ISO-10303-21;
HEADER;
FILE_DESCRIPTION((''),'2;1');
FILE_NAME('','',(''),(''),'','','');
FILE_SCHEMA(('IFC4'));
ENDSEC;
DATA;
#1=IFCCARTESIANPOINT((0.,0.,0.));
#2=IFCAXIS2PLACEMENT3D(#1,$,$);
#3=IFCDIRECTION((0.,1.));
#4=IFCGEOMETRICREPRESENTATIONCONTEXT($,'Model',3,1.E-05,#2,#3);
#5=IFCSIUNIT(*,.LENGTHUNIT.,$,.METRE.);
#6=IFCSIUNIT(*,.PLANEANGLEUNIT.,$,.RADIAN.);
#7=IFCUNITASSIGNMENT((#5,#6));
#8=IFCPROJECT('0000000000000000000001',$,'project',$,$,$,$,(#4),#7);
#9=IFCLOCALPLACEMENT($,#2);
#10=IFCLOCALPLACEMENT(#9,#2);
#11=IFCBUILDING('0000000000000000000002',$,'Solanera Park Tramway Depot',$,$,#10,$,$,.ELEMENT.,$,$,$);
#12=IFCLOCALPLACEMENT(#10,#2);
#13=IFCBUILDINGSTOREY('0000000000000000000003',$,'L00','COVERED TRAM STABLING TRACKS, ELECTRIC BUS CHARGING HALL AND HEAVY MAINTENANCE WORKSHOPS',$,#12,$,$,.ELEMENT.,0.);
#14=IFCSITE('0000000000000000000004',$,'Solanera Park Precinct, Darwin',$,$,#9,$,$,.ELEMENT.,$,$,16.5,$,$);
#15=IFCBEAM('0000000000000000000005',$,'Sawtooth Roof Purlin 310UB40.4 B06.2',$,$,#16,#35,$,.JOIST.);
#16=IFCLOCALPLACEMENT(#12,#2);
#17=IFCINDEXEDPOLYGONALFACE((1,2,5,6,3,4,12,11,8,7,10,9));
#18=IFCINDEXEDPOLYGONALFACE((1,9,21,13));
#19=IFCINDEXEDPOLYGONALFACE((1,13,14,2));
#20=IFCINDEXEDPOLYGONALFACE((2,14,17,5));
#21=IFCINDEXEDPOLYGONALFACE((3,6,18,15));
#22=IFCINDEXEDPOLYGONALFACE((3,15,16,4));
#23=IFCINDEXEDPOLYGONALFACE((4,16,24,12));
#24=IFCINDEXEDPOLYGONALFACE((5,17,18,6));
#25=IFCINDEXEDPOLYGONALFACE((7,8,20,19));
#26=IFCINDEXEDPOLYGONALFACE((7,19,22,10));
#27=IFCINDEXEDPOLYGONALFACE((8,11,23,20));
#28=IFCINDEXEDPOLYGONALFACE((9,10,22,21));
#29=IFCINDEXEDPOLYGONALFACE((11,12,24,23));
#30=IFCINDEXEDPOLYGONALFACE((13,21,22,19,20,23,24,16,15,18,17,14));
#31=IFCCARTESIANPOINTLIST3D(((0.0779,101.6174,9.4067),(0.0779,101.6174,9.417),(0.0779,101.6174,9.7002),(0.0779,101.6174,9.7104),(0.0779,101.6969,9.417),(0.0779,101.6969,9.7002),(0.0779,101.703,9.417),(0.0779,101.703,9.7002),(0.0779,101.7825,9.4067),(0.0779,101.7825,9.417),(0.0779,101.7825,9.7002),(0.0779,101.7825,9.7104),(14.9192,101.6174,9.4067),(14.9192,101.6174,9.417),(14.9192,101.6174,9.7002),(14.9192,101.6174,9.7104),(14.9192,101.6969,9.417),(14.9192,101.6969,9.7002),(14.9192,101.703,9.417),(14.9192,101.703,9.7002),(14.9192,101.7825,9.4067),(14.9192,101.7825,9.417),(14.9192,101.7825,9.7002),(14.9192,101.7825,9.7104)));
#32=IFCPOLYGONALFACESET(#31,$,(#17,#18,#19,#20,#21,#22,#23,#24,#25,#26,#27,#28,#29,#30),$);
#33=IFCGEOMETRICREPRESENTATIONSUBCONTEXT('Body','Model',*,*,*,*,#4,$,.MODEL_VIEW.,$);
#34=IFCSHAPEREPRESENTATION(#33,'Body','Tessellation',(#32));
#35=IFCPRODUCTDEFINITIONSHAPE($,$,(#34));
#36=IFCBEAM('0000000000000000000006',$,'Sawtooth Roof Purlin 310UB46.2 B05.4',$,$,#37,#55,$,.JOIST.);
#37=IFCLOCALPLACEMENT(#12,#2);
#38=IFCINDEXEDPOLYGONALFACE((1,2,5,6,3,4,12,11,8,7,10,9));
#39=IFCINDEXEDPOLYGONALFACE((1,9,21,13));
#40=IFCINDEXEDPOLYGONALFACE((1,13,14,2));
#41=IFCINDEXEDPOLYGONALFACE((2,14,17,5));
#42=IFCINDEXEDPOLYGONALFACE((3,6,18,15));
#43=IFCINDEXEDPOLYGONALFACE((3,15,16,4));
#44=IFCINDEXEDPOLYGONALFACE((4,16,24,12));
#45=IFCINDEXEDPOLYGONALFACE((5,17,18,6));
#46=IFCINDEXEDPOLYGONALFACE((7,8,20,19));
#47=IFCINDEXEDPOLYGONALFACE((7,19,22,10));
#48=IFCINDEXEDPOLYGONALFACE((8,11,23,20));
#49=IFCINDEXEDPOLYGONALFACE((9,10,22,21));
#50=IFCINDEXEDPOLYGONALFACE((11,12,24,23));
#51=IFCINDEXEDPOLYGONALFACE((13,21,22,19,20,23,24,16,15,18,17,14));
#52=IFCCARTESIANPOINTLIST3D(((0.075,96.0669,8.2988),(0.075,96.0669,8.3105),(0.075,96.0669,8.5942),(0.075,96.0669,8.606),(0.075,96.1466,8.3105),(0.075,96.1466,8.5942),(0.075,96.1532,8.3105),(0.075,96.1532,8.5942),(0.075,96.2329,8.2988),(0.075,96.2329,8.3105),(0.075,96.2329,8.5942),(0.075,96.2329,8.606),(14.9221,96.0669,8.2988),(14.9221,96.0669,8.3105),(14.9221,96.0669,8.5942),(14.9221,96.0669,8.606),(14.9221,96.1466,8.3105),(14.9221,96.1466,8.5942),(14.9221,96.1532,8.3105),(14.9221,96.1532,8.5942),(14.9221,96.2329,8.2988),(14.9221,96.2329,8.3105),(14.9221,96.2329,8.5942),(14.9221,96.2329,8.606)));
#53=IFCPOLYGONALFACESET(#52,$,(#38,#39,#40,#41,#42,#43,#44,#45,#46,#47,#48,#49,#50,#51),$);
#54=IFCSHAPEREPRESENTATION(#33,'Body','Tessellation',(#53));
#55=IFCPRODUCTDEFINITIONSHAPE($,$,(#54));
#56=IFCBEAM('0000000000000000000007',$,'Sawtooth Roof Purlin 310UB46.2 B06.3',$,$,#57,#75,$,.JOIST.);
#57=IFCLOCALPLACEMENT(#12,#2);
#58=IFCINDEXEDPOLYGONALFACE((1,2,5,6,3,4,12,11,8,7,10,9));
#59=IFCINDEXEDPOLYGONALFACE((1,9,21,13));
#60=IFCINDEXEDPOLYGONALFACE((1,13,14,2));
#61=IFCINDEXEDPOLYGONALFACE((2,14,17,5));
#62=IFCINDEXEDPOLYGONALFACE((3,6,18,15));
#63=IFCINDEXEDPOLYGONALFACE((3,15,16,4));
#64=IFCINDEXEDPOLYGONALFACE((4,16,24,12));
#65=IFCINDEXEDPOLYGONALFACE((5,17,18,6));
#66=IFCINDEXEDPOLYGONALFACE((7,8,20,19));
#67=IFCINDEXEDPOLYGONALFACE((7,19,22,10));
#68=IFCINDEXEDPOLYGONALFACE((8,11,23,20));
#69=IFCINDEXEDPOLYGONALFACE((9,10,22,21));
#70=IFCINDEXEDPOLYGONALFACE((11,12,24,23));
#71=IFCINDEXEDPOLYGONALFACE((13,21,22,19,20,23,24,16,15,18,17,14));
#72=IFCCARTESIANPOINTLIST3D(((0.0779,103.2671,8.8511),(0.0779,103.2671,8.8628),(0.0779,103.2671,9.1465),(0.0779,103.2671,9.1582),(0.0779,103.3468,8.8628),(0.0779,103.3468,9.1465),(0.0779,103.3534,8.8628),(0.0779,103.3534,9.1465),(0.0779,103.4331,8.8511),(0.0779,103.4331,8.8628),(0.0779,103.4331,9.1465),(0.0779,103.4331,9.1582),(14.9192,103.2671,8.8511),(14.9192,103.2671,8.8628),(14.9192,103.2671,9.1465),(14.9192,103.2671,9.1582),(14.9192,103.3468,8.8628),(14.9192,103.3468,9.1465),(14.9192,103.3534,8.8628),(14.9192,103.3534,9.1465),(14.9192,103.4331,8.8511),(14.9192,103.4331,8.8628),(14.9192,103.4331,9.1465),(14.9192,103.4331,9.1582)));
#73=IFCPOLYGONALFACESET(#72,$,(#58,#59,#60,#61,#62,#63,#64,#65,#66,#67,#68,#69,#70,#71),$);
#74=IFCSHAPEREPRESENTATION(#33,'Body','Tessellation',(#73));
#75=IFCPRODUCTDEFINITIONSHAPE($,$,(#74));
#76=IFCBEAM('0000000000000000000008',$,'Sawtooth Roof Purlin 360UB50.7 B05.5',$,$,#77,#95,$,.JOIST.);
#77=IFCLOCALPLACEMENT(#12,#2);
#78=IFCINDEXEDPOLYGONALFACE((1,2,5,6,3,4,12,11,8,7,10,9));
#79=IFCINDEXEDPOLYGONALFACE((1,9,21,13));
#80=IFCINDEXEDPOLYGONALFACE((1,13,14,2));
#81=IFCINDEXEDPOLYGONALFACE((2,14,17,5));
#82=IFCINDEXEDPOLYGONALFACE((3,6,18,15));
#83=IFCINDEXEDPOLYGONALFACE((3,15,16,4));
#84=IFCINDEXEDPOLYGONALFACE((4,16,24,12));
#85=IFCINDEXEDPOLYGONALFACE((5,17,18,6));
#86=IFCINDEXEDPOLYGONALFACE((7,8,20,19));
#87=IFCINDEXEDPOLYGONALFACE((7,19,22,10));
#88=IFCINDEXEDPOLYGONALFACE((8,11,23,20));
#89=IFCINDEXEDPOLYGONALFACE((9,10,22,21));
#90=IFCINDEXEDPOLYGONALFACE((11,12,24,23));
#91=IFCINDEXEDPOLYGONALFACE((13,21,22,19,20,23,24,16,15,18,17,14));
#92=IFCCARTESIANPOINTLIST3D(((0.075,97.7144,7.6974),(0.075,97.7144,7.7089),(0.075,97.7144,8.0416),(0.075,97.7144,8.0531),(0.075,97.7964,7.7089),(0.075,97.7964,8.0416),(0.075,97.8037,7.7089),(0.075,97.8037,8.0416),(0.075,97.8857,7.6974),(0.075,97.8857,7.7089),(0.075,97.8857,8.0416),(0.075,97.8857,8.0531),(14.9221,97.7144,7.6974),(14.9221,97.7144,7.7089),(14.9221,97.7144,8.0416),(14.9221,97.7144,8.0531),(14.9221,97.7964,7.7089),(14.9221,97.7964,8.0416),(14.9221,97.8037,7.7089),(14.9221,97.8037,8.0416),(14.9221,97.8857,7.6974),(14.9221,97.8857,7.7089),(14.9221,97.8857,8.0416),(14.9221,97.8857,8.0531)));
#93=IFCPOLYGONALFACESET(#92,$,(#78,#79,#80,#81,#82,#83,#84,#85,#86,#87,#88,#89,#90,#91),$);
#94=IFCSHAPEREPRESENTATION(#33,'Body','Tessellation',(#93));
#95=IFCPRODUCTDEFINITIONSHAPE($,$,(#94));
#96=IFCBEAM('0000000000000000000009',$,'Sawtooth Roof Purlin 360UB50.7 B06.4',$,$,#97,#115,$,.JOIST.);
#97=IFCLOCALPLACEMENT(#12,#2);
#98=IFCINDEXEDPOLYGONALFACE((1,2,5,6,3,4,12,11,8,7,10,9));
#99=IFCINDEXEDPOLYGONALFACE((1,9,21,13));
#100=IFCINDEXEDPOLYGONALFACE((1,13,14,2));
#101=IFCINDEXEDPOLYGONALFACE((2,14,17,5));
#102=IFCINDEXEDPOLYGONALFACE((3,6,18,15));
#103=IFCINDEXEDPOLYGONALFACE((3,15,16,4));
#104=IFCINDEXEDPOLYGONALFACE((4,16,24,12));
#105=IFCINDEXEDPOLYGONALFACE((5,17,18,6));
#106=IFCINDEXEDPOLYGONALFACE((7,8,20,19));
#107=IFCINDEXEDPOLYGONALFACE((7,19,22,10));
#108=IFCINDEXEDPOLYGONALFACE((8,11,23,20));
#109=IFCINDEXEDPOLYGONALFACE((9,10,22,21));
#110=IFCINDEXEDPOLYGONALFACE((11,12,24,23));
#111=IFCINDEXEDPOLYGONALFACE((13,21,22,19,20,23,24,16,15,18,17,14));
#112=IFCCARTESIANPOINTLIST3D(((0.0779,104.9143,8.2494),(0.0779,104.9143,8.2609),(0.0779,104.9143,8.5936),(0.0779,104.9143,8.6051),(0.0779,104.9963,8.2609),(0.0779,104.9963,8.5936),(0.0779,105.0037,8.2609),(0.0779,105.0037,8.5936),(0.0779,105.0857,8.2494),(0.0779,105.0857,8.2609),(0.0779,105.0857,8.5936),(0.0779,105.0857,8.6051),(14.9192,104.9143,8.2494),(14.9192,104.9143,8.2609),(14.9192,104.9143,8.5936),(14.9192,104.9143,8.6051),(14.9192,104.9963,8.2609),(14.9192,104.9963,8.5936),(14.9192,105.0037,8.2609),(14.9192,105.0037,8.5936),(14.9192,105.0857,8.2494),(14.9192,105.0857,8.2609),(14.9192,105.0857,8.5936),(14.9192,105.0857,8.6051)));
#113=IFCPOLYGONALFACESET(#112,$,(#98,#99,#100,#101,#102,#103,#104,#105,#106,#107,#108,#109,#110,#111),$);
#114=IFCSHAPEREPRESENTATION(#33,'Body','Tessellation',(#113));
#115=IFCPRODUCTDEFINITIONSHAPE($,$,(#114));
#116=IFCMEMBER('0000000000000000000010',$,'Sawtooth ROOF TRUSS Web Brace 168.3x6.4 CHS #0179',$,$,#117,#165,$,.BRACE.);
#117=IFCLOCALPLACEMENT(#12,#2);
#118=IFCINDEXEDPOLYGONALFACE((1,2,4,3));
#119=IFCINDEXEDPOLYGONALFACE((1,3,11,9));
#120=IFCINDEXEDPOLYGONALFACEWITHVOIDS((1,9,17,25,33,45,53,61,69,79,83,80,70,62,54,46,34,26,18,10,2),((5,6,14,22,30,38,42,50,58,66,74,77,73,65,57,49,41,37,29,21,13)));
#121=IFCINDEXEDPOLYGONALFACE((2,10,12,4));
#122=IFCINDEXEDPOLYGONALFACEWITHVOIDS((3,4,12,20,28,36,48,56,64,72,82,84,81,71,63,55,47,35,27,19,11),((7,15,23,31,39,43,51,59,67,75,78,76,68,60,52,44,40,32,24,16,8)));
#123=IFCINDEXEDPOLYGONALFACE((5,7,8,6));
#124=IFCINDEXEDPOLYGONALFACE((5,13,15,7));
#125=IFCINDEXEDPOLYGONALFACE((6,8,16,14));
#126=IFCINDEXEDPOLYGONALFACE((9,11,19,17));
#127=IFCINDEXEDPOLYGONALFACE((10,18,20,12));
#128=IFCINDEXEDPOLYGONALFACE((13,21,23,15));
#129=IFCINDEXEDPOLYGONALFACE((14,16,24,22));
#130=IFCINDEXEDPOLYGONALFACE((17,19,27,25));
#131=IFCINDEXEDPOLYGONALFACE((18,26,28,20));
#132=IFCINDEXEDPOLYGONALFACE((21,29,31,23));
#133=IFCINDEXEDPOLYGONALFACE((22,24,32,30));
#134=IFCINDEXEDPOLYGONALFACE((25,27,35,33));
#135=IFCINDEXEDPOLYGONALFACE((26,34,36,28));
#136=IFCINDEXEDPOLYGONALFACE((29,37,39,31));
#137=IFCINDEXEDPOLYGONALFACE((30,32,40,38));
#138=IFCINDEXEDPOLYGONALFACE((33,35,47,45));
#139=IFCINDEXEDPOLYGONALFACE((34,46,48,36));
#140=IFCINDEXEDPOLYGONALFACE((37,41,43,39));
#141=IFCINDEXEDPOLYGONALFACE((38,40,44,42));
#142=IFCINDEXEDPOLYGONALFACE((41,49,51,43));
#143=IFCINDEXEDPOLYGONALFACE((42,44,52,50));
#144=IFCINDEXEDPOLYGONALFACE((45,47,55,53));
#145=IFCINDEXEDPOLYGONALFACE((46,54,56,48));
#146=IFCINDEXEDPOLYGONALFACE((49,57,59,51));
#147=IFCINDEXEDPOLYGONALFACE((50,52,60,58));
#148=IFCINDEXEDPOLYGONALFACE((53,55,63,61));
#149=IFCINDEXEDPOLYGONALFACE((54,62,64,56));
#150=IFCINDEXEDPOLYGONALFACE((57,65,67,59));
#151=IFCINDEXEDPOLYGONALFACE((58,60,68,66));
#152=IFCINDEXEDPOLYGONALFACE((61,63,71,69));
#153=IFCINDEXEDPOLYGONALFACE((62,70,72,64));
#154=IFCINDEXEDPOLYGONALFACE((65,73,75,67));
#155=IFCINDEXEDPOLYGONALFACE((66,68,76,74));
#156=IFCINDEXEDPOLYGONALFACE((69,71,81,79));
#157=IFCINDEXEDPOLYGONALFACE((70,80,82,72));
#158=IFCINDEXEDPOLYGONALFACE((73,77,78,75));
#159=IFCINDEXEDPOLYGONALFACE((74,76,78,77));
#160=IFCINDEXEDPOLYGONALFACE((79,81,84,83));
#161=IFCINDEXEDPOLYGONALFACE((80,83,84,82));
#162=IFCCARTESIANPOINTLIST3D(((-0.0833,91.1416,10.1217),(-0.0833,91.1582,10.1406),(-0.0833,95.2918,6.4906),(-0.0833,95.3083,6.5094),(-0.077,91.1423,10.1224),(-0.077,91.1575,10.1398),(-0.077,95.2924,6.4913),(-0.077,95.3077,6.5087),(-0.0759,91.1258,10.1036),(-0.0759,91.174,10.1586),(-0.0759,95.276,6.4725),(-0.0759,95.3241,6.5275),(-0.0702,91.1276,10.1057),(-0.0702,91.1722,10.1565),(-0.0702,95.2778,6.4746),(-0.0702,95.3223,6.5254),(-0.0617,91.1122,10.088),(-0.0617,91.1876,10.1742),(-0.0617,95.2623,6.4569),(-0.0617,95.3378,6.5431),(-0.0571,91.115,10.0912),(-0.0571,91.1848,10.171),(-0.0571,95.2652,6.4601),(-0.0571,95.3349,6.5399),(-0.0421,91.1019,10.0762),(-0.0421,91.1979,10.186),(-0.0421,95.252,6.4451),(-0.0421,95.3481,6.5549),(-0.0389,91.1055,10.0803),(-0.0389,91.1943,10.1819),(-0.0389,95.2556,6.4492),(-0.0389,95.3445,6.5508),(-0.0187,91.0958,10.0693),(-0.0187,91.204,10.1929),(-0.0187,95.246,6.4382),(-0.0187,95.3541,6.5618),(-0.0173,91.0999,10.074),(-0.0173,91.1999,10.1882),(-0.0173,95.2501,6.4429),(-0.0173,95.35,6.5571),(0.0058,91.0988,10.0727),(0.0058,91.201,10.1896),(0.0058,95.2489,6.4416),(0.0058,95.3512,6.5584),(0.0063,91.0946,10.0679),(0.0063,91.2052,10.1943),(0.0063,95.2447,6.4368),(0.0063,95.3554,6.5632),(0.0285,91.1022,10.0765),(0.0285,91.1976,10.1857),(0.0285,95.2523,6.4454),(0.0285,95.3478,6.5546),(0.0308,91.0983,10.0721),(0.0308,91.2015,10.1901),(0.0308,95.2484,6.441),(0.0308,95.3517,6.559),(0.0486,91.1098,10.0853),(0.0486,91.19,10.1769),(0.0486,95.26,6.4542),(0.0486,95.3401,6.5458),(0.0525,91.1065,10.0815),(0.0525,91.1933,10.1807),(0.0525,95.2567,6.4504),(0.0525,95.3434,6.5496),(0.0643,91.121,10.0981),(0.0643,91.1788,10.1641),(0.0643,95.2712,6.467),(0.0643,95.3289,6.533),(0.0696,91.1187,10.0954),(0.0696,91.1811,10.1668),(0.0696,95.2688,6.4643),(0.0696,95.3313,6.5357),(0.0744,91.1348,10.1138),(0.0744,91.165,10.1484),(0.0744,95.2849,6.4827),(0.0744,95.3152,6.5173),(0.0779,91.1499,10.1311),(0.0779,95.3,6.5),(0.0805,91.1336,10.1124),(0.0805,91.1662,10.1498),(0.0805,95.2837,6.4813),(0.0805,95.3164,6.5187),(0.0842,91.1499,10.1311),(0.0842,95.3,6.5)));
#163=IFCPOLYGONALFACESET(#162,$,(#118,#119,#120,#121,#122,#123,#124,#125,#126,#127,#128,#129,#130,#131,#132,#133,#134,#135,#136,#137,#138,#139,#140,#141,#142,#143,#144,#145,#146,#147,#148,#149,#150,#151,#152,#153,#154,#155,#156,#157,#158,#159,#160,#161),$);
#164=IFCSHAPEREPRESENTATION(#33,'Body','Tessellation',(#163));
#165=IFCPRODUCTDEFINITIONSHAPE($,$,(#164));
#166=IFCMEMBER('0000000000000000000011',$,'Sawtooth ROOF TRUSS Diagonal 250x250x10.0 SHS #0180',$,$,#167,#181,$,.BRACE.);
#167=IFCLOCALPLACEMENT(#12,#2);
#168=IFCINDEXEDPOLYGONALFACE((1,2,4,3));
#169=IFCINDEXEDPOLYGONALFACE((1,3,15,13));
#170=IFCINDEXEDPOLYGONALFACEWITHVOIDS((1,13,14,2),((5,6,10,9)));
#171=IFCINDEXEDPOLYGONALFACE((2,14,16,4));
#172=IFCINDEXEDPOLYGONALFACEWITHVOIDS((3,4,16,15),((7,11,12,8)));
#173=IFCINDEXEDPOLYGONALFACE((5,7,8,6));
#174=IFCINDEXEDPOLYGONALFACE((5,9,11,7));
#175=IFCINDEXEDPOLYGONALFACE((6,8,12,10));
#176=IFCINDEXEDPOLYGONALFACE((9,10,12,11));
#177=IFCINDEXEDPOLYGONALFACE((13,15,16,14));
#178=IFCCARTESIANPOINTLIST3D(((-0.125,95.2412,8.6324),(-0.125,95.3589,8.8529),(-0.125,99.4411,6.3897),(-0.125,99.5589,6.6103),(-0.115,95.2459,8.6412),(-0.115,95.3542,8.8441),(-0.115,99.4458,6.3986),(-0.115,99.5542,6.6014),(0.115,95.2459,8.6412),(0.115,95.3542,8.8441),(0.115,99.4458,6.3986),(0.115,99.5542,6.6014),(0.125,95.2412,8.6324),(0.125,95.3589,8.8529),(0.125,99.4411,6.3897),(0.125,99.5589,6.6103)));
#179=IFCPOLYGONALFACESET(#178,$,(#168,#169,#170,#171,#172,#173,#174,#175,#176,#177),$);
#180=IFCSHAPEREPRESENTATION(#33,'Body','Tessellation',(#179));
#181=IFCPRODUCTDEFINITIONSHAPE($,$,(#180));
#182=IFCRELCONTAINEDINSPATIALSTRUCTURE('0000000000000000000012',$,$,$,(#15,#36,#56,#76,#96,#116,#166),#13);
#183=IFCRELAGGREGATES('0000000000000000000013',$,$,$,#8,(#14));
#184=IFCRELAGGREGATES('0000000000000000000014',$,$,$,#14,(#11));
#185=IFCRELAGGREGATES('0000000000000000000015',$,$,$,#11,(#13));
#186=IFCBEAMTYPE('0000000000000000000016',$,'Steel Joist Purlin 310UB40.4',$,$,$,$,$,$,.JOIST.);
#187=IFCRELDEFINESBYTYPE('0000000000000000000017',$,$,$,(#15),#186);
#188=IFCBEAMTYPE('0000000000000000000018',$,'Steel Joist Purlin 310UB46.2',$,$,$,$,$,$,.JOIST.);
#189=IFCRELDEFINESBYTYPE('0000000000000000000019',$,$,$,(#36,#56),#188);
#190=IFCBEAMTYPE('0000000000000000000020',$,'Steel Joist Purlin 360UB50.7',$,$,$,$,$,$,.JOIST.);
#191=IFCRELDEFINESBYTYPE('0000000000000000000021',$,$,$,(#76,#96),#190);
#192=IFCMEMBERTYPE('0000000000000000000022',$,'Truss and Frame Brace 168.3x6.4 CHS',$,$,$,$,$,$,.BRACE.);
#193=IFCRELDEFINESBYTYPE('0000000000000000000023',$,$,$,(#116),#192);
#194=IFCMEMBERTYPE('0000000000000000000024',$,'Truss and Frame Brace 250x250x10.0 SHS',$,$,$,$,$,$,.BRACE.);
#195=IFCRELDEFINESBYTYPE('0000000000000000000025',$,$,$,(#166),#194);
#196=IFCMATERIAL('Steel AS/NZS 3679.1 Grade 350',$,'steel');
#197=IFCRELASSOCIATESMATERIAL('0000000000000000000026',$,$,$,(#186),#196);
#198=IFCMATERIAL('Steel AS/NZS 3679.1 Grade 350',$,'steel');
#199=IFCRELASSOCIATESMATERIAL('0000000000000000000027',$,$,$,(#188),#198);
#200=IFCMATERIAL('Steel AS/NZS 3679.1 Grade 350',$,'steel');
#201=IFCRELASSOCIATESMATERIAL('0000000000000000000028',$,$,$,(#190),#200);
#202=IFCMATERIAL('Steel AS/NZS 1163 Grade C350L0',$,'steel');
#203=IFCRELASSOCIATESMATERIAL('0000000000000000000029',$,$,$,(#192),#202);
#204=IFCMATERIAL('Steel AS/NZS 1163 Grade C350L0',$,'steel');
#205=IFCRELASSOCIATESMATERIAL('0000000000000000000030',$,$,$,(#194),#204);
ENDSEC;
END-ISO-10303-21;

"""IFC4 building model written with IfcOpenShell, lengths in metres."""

from ifc_helpers import new_model, si_unit, direction, frame, origin, origin_2d, place, context, subcontext, project, spatial, hollow_rectangle, hollow_circle, i_section, extrude, material, material_profile, profile_set, type_object, element, save


model = new_model("IFC4")

# Units and contexts
model_context = context("Model", 3, precision=1e-05, world=origin(), true_north=direction((0.0, 1.0)))
body_context = subcontext(model_context, "Body", "Model", "MODEL_VIEW")
ifc_project = project(units=[si_unit("LENGTHUNIT", "METRE"), si_unit("PLANEANGLEUNIT", "RADIAN")], contexts=[model_context])

# Site, building, storey
site_placement = place(None, origin())
site = spatial("IfcSite", under=ifc_project, at=site_placement, Name="Solanera Park Precinct, Darwin", CompositionType="ELEMENT", RefElevation=16.5)
building_placement = place(site_placement, origin())
building = spatial("IfcBuilding", under=site, at=building_placement, Name="Solanera Park Tramway Depot", CompositionType="ELEMENT")
storey_placement = place(building_placement, origin())
storey = spatial("IfcBuildingStorey", under=building, at=storey_placement, Name="L00", Description="COVERED TRAM STABLING TRACKS, ELECTRIC BUS CHARGING HALL AND HEAVY MAINTENANCE WORKSHOPS", CompositionType="ELEMENT", Elevation=0.0)

# Beams
ifc_material_1 = material(Name="Steel AS/NZS 3679.1 Grade 350", Category="steel")
ifc_material_profile_1 = material_profile(ifc_material_1, i_section(OverallWidth=0.165, OverallDepth=0.3037, WebThickness=0.0061, FlangeThickness=0.0103, at=origin_2d()), Name="310UB40.4")
ifc_profile_set_1 = profile_set([ifc_material_profile_1], Name="Steel AS/NZS 3679.1 Grade 350")
beam_type_1 = type_object("IfcBeamType", Name="Steel Joist Purlin 310UB40.4", PredefinedType="JOIST", material=ifc_profile_set_1)
beam_1_placement = place(storey_placement, frame((0.0779, 101.7, 9.5586), z_axis=(1.0, 0.0, 0.0), x_axis=(0.0, 1.0, 0.0)))
element("IfcBeam", 1, at=beam_1_placement, inside=storey, type_object=beam_type_1, Name="Sawtooth Roof Purlin 310UB40.4 B06.2", PredefinedType="JOIST", context=body_context, shape_type="SweptSolid", body=[
    extrude(i_section(OverallWidth=0.165, OverallDepth=0.3037, WebThickness=0.0061, FlangeThickness=0.0103, at=origin_2d()), origin(), (0.0, 0.0, 1.0), 14.8413),
])
ifc_material_2 = material(Name="Steel AS/NZS 3679.1 Grade 350", Category="steel")
ifc_material_profile_2 = material_profile(ifc_material_2, i_section(OverallWidth=0.166, OverallDepth=0.3071, WebThickness=0.0066, FlangeThickness=0.0117, at=origin_2d()), Name="310UB46.2")
ifc_profile_set_2 = profile_set([ifc_material_profile_2], Name="Steel AS/NZS 3679.1 Grade 350")
beam_type_2 = type_object("IfcBeamType", Name="Steel Joist Purlin 310UB46.2", PredefinedType="JOIST", material=ifc_profile_set_2)
beam_2_placement = place(storey_placement, frame((0.075, 96.1499, 8.4524), z_axis=(1.0, 0.0, 0.0), x_axis=(0.0, 1.0, 0.0)))
element("IfcBeam", 2, at=beam_2_placement, inside=storey, type_object=beam_type_2, Name="Sawtooth Roof Purlin 310UB46.2 B05.4", PredefinedType="JOIST", context=body_context, shape_type="SweptSolid", body=[
    extrude(i_section(OverallWidth=0.166, OverallDepth=0.3071, WebThickness=0.0066, FlangeThickness=0.0117, at=origin_2d()), origin(), (0.0, 0.0, 1.0), 14.8472),
])
beam_3_placement = place(storey_placement, frame((0.0779, 103.3501, 9.0046), z_axis=(1.0, 0.0, 0.0), x_axis=(0.0, 1.0, 0.0)))
element("IfcBeam", 3, at=beam_3_placement, inside=storey, type_object=beam_type_2, Name="Sawtooth Roof Purlin 310UB46.2 B06.3", PredefinedType="JOIST", context=body_context, shape_type="SweptSolid", body=[
    extrude(i_section(OverallWidth=0.166, OverallDepth=0.3071, WebThickness=0.0066, FlangeThickness=0.0117, at=origin_2d()), origin(), (0.0, 0.0, 1.0), 14.8413),
])
ifc_material_3 = material(Name="Steel AS/NZS 3679.1 Grade 350", Category="steel")
ifc_material_profile_3 = material_profile(ifc_material_3, i_section(OverallWidth=0.1714, OverallDepth=0.3557, WebThickness=0.0073, FlangeThickness=0.0115, at=origin_2d()), Name="360UB50.7")
ifc_profile_set_3 = profile_set([ifc_material_profile_3], Name="Steel AS/NZS 3679.1 Grade 350")
beam_type_3 = type_object("IfcBeamType", Name="Steel Joist Purlin 360UB50.7", PredefinedType="JOIST", material=ifc_profile_set_3)
beam_4_placement = place(storey_placement, frame((0.075, 97.8, 7.8752), z_axis=(1.0, 0.0, 0.0), x_axis=(0.0, 1.0, 0.0)))
element("IfcBeam", 4, at=beam_4_placement, inside=storey, type_object=beam_type_3, Name="Sawtooth Roof Purlin 360UB50.7 B05.5", PredefinedType="JOIST", context=body_context, shape_type="SweptSolid", body=[
    extrude(i_section(OverallWidth=0.1714, OverallDepth=0.3557, WebThickness=0.0073, FlangeThickness=0.0115, at=origin_2d()), origin(), (0.0, 0.0, 1.0), 14.8472),
])
beam_5_placement = place(storey_placement, frame((0.0779, 105.0, 8.4272), z_axis=(1.0, 0.0, 0.0), x_axis=(0.0, 1.0, 0.0)))
element("IfcBeam", 5, at=beam_5_placement, inside=storey, type_object=beam_type_3, Name="Sawtooth Roof Purlin 360UB50.7 B06.4", PredefinedType="JOIST", context=body_context, shape_type="SweptSolid", body=[
    extrude(i_section(OverallWidth=0.1714, OverallDepth=0.3557, WebThickness=0.0073, FlangeThickness=0.0115, at=origin_2d()), origin(), (0.0, 0.0, 1.0), 14.8413),
])

# Members
ifc_material_4 = material(Name="Steel AS/NZS 1163 Grade C350L0", Category="steel")
ifc_material_profile_4 = material_profile(ifc_material_4, hollow_circle(Radius=0.0842, WallThickness=0.0063, at=origin_2d()), Name="168.3x6.4 CHS")
ifc_profile_set_4 = profile_set([ifc_material_profile_4], Name="Steel AS/NZS 1163 Grade C350L0")
member_type_1 = type_object("IfcMemberType", Name="Truss and Frame Brace 168.3x6.4 CHS", PredefinedType="BRACE", material=ifc_profile_set_4)
member_1_placement = place(storey_placement, frame((0.0, 95.3, 6.5), z_axis=(0.0, -0.752601, 0.658476), x_axis=(1.0, 0.0, 0.0)))
element("IfcMember", 6, at=member_1_placement, inside=storey, type_object=member_type_1, Name="Sawtooth ROOF TRUSS Web Brace 168.3x6.4 CHS #0179", PredefinedType="BRACE", context=body_context, shape_type="SweptSolid", body=[
    extrude(hollow_circle(Radius=0.0842, WallThickness=0.0063, at=origin_2d()), origin(), (0.0, 0.0, 1.0), 5.5144),
])
ifc_material_5 = material(Name="Steel AS/NZS 1163 Grade C350L0", Category="steel")
ifc_material_profile_5 = material_profile(ifc_material_5, hollow_rectangle(XDim=0.25, YDim=0.25, WallThickness=0.01, at=origin_2d()), Name="250x250x10.0 SHS")
ifc_profile_set_5 = profile_set([ifc_material_profile_5], Name="Steel AS/NZS 1163 Grade C350L0")
member_type_2 = type_object("IfcMemberType", Name="Truss and Frame Brace 250x250x10.0 SHS", PredefinedType="BRACE", material=ifc_profile_set_5)
member_2_placement = place(storey_placement, frame((0.0, 99.5, 6.5), z_axis=(0.0, -0.882117, 0.47103), x_axis=(1.0, 0.0, 0.0)))
element("IfcMember", 7, at=member_2_placement, inside=storey, type_object=member_type_2, Name="Sawtooth ROOF TRUSS Diagonal 250x250x10.0 SHS #0180", PredefinedType="BRACE", context=body_context, shape_type="SweptSolid", body=[
    extrude(hollow_rectangle(XDim=0.25, YDim=0.25, WallThickness=0.01, at=origin_2d()), origin(), (0.0, 0.0, 1.0), 4.7612),
])

save(model, "model.ifc")
